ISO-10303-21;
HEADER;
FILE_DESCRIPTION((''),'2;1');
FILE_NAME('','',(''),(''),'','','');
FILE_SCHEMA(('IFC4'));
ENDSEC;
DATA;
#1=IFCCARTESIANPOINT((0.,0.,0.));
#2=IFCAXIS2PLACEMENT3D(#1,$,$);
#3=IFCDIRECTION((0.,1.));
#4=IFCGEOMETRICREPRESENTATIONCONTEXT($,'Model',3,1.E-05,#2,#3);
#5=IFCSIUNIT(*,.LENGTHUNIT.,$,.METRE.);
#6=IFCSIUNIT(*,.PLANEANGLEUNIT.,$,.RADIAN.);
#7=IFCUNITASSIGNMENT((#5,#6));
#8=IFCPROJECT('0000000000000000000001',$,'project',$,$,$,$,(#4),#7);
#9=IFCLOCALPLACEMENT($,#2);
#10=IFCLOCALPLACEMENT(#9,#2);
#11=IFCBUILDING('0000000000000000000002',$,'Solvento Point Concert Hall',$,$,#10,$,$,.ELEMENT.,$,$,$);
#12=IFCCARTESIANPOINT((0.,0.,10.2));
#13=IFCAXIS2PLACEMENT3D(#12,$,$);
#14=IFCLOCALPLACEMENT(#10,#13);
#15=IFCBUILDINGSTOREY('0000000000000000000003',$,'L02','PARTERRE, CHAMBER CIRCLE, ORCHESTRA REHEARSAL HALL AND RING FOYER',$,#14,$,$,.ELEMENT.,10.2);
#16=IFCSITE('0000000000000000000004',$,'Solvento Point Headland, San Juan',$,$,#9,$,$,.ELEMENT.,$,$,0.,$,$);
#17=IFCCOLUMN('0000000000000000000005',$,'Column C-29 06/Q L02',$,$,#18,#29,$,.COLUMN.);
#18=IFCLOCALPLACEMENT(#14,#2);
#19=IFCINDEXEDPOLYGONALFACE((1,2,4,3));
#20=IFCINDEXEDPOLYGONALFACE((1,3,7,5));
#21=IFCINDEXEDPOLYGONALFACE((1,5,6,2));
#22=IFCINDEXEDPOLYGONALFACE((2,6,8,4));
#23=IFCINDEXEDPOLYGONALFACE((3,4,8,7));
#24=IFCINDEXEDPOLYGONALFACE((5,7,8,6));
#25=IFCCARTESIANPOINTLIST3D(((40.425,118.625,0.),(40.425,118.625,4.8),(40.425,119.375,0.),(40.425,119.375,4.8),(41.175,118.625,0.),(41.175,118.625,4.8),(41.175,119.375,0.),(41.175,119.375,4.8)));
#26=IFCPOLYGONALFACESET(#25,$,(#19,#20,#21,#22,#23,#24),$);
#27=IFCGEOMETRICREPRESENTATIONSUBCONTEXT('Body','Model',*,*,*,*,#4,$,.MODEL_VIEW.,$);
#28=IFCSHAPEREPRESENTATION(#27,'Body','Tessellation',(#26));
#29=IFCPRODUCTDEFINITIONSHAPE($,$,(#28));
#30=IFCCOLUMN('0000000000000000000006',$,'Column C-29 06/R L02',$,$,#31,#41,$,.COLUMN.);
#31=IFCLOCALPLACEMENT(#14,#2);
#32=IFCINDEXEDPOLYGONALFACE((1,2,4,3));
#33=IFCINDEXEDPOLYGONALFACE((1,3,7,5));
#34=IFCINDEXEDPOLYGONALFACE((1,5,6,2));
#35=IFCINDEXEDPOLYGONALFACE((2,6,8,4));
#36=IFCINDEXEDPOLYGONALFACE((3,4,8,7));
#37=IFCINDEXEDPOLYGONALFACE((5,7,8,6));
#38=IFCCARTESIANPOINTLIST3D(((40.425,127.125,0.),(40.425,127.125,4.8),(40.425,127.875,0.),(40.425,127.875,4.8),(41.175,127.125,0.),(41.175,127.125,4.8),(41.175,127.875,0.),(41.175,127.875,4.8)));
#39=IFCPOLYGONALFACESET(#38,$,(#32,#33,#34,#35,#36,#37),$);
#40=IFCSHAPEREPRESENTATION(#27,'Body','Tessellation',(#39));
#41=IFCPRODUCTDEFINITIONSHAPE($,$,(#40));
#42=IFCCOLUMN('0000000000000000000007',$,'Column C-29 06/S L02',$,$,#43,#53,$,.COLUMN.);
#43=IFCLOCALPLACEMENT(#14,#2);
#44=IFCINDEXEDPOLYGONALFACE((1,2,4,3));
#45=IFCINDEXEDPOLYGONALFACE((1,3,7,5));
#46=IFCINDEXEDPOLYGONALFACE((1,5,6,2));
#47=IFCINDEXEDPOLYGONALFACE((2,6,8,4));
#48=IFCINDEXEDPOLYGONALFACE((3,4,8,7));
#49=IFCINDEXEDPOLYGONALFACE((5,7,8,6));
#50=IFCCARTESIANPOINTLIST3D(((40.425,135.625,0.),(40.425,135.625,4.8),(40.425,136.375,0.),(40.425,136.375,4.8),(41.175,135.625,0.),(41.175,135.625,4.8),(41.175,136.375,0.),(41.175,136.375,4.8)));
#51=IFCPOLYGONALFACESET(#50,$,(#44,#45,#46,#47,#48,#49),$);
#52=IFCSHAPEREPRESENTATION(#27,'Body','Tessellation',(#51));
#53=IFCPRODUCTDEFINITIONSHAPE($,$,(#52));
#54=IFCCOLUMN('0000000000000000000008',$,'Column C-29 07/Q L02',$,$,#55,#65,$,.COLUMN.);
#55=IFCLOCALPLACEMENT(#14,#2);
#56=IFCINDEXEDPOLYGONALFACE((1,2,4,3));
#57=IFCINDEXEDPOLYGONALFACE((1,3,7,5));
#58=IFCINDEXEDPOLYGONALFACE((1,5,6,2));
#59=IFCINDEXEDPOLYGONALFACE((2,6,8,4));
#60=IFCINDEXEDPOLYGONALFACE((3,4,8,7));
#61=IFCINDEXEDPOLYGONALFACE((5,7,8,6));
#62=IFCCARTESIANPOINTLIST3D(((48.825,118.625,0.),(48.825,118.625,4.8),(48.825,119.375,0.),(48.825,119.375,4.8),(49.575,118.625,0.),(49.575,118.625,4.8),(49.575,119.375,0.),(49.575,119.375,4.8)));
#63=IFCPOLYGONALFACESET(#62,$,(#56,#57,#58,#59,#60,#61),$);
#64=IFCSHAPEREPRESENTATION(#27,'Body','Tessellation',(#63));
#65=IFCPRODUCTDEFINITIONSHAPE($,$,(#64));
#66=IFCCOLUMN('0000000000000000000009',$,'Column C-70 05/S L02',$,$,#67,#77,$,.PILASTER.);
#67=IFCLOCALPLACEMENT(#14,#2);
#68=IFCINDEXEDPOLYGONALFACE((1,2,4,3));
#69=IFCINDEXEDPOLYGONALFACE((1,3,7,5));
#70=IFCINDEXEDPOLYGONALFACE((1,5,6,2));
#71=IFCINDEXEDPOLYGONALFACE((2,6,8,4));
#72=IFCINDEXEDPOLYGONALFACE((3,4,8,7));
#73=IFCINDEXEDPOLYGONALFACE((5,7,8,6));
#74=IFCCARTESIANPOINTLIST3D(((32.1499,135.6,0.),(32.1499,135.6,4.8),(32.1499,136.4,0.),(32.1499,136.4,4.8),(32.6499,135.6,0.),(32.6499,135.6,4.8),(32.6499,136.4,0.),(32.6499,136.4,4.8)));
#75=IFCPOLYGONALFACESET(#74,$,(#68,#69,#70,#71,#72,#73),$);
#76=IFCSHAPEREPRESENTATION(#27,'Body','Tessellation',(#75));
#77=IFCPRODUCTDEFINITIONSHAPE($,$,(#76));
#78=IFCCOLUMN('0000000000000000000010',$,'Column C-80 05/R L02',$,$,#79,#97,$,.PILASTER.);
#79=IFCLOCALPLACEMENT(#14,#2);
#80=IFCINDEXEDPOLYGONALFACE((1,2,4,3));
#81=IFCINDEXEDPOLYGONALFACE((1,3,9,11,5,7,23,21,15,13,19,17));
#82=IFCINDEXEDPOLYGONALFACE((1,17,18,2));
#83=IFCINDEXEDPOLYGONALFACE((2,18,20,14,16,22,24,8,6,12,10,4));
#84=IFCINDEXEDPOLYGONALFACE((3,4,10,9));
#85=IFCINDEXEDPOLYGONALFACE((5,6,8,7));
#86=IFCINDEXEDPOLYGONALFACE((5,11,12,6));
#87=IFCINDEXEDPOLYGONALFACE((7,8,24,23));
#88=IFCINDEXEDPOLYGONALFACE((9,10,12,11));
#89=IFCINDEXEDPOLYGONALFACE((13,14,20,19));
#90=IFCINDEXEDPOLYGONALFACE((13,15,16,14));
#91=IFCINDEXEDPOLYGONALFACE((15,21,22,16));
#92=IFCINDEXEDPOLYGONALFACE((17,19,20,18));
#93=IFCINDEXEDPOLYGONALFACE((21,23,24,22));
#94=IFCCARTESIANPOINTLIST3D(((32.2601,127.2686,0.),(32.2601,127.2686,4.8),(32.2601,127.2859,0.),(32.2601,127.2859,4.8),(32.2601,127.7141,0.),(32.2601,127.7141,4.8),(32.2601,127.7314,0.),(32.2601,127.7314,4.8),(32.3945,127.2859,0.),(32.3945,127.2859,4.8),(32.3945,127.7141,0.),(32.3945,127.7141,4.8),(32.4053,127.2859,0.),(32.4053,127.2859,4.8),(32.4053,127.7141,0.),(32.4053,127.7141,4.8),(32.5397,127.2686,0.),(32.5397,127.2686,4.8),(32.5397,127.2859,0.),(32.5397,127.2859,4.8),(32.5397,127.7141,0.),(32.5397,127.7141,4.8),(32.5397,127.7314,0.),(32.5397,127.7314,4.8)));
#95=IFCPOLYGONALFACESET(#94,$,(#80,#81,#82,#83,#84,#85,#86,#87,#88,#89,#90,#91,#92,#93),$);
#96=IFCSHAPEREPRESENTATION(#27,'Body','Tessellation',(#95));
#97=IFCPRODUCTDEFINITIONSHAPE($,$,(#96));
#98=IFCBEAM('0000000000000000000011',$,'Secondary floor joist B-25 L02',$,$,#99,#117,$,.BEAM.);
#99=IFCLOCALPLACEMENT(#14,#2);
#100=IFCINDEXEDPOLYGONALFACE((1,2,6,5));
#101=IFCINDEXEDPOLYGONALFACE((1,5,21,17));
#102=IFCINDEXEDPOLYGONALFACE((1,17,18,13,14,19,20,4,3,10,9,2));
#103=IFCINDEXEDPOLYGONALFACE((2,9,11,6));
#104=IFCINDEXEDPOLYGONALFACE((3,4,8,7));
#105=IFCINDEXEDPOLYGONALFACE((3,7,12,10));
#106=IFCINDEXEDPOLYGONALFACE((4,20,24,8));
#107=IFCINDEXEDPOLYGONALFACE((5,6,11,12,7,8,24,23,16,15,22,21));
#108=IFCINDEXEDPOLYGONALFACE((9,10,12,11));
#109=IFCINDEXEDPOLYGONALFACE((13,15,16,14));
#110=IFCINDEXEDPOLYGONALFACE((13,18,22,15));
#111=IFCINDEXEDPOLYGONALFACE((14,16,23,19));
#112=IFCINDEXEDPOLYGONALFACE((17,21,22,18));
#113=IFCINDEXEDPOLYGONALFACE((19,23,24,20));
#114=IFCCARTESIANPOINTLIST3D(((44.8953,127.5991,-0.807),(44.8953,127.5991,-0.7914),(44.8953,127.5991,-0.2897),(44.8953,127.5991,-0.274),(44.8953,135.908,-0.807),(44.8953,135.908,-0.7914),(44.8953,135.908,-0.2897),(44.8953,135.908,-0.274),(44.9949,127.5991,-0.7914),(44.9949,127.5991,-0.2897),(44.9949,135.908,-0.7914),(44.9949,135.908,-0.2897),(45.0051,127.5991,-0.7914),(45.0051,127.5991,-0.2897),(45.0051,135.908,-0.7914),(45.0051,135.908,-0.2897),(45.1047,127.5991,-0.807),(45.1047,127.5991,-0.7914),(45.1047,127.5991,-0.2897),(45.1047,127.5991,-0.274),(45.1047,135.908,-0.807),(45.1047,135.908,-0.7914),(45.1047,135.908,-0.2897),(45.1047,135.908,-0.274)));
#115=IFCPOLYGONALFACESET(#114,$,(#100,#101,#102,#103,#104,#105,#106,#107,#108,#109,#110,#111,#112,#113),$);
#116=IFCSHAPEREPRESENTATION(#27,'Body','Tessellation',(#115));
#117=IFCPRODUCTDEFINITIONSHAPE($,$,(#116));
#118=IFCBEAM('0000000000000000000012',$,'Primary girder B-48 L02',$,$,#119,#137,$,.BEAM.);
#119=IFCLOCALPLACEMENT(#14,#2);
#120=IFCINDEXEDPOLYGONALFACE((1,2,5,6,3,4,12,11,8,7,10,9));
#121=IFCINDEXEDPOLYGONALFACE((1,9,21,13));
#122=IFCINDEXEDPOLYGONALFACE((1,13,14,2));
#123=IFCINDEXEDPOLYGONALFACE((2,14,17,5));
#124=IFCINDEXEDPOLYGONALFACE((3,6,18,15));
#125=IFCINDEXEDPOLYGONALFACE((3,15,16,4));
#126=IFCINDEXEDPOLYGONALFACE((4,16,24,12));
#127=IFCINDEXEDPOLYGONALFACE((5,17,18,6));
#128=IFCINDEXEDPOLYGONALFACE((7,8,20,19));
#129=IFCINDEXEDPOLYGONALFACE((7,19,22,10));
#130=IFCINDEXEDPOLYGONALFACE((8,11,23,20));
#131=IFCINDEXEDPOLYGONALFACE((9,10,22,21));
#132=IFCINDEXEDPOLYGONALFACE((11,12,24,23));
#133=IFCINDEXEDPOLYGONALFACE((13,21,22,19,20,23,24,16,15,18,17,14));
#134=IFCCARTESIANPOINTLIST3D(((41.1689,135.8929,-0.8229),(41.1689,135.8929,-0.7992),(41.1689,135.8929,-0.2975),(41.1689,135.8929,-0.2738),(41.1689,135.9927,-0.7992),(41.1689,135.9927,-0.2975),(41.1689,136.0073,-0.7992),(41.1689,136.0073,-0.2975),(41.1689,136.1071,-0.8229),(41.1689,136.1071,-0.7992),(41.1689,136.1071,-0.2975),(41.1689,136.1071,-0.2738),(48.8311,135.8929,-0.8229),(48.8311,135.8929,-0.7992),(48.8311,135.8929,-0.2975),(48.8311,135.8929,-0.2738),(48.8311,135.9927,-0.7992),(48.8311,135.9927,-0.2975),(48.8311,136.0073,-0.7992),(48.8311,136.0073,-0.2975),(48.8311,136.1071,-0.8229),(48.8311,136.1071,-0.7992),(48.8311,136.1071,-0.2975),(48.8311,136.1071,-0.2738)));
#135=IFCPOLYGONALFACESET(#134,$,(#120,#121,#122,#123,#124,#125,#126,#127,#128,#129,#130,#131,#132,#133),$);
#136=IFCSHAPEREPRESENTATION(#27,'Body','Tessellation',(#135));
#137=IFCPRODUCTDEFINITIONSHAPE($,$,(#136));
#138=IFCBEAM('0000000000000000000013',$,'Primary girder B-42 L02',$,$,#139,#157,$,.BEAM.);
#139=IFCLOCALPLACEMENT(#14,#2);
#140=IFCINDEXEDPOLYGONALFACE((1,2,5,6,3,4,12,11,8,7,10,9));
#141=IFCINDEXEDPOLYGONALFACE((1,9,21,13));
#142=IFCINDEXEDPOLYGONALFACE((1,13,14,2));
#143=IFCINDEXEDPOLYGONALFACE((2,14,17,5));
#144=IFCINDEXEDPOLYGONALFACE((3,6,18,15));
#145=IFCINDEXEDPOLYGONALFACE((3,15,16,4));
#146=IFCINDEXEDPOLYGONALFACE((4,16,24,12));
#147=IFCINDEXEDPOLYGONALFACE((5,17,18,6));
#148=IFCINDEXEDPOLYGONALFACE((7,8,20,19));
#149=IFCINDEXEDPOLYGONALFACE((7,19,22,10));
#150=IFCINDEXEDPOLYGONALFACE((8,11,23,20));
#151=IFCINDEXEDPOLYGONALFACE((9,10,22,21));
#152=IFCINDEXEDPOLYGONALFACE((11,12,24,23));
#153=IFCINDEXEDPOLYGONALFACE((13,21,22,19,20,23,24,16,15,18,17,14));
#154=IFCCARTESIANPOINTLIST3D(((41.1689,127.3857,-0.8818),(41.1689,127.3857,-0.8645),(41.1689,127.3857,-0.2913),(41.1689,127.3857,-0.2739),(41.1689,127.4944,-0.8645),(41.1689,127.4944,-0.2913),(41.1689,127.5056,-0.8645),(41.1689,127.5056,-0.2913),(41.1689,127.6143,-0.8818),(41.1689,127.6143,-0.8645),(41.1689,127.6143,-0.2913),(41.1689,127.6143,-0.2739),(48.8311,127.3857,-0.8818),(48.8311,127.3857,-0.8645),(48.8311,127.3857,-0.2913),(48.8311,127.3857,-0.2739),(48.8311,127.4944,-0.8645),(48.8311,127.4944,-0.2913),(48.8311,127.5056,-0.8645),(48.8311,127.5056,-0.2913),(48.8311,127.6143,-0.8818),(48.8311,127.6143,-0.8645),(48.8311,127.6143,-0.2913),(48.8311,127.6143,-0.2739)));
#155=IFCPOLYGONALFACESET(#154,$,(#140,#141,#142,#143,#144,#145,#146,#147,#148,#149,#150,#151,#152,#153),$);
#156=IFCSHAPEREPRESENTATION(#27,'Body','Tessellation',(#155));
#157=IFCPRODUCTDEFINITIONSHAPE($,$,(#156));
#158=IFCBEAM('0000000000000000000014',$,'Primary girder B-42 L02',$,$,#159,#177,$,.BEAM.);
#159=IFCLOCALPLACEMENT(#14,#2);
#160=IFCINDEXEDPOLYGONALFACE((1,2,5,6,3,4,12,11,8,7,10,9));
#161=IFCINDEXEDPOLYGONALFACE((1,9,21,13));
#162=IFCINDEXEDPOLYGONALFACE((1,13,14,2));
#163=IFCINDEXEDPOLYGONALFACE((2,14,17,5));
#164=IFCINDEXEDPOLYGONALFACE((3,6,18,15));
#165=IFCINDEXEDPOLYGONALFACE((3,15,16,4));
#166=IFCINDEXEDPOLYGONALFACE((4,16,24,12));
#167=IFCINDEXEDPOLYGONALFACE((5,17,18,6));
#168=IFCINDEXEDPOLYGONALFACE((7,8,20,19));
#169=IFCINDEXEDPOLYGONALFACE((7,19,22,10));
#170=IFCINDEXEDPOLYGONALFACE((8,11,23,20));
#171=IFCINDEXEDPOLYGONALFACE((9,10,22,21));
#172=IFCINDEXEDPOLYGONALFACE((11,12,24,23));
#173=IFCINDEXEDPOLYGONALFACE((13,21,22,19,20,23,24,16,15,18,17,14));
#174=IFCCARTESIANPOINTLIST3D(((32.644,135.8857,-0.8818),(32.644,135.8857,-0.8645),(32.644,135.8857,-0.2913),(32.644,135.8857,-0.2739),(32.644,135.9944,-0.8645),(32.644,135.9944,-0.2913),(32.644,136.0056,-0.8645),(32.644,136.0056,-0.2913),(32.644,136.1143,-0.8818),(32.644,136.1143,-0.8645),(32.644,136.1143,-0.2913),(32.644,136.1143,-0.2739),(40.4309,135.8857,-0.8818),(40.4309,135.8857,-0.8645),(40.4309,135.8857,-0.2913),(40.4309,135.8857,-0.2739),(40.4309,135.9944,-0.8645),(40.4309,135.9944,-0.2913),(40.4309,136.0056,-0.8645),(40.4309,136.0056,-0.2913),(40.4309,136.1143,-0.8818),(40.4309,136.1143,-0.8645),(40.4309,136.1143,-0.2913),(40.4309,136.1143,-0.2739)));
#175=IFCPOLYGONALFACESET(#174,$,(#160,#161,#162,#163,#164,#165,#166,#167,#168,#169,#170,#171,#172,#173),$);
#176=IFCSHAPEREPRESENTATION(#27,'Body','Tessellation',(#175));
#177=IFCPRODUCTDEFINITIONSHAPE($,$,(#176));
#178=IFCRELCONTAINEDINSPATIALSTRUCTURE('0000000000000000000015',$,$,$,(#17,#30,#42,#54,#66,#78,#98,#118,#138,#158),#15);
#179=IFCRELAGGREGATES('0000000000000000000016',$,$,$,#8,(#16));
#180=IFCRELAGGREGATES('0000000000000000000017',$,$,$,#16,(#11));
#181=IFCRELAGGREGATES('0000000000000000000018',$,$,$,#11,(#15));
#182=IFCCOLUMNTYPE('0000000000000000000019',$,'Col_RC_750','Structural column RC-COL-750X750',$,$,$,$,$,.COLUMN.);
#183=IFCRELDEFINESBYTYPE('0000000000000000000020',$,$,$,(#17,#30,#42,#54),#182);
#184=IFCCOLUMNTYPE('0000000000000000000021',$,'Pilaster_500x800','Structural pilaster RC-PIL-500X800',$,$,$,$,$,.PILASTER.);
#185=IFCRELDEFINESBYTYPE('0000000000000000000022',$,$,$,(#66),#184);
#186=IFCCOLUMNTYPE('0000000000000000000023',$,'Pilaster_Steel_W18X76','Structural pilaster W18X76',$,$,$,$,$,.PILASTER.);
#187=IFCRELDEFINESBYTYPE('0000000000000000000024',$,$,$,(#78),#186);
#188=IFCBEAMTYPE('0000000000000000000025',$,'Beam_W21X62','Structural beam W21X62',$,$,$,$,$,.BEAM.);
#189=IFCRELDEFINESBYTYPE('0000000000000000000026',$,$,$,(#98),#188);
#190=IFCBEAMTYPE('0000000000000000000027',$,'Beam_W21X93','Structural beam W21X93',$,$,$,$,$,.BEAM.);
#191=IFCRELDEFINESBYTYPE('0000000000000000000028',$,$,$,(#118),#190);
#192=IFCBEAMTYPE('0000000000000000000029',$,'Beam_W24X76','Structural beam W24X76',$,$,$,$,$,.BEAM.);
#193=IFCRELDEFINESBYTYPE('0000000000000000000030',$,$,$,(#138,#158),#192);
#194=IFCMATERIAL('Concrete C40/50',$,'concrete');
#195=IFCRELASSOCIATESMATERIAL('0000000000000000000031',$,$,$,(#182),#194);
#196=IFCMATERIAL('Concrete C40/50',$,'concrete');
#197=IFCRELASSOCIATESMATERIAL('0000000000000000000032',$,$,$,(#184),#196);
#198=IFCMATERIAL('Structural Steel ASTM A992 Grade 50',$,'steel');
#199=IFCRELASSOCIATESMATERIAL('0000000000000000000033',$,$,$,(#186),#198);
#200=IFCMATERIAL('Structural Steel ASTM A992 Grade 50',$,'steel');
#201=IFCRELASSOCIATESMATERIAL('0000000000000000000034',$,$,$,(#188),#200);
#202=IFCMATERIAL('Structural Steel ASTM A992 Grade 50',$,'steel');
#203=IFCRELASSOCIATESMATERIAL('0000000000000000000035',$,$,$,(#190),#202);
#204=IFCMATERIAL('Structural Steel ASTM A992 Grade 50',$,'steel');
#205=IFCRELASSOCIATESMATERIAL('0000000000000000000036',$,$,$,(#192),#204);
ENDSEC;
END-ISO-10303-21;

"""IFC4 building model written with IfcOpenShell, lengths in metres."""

from ifc_helpers import new_model, si_unit, direction, frame, origin, origin_2d, place, context, subcontext, project, spatial, rectangle, i_section, extrude, material, material_profile, profile_set, type_object, element, save


model = new_model("IFC4")

# Units and contexts
model_context = context("Model", 3, precision=1e-05, world=origin(), true_north=direction((0.0, 1.0)))
body_context = subcontext(model_context, "Body", "Model", "MODEL_VIEW")
ifc_project = project(units=[si_unit("LENGTHUNIT", "METRE"), si_unit("PLANEANGLEUNIT", "RADIAN")], contexts=[model_context])

# Site, building, storey
site_placement = place(None, origin())
site = spatial("IfcSite", under=ifc_project, at=site_placement, Name="Solvento Point Headland, San Juan", CompositionType="ELEMENT", RefElevation=0.0)
building_placement = place(site_placement, origin())
building = spatial("IfcBuilding", under=site, at=building_placement, Name="Solvento Point Concert Hall", CompositionType="ELEMENT")
storey_placement = place(building_placement, frame((0.0, 0.0, 10.2)))
storey = spatial("IfcBuildingStorey", under=building, at=storey_placement, Name="L02", Description="PARTERRE, CHAMBER CIRCLE, ORCHESTRA REHEARSAL HALL AND RING FOYER", CompositionType="ELEMENT", Elevation=10.2)

# Columns
ifc_material_1 = material(Name="Concrete C40/50", Category="concrete")
ifc_material_profile_1 = material_profile(ifc_material_1, rectangle(XDim=0.75, YDim=0.75, at=origin_2d()), Name="RC-COL-750X750")
ifc_profile_set_1 = profile_set([ifc_material_profile_1], Name="Concrete C40/50")
column_type_1 = type_object("IfcColumnType", Name="Col_RC_750", Description="Structural column RC-COL-750X750", PredefinedType="COLUMN", material=ifc_profile_set_1)
for number, where, z_axis, x_axis, name in (
    (1, (40.8, 119.0, 0.0), (0.0, 0.0, 1.0), (1.0, 0.0, 0.0), "Column C-29 06/Q L02"),
    (2, (40.8, 127.5, 0.0), (0.0, 0.0, 1.0), (1.0, 0.0, 0.0), "Column C-29 06/R L02"),
    (3, (40.8, 136.0, 0.0), (0.0, 0.0, 1.0), (1.0, 0.0, 0.0), "Column C-29 06/S L02"),
    (4, (49.2, 119.0, 0.0), (0.0, 0.0, 1.0), (1.0, 0.0, 0.0), "Column C-29 07/Q L02"),
):
    element("IfcColumn", number, at=place(storey_placement, frame(where, z_axis=z_axis, x_axis=x_axis)), inside=storey, type_object=column_type_1, Name=name, PredefinedType="COLUMN", context=body_context, shape_type="SweptSolid", body=[
        extrude(rectangle(XDim=0.75, YDim=0.75, at=origin_2d()), origin(), (0.0, 0.0, 1.0), 4.8),
    ])
ifc_material_2 = material(Name="Concrete C40/50", Category="concrete")
ifc_material_profile_2 = material_profile(ifc_material_2, rectangle(XDim=0.5, YDim=0.8, at=origin_2d()), Name="RC-PIL-500X800")
ifc_profile_set_2 = profile_set([ifc_material_profile_2], Name="Concrete C40/50")
column_type_2 = type_object("IfcColumnType", Name="Pilaster_500x800", Description="Structural pilaster RC-PIL-500X800", PredefinedType="PILASTER", material=ifc_profile_set_2)
column_1_placement = place(storey_placement, frame((32.3999, 136.0, 0.0), z_axis=(0.0, 0.0, 1.0), x_axis=(1.0, 0.0, 0.0)))
element("IfcColumn", 5, at=column_1_placement, inside=storey, type_object=column_type_2, Name="Column C-70 05/S L02", PredefinedType="PILASTER", context=body_context, shape_type="SweptSolid", body=[
    extrude(rectangle(XDim=0.5, YDim=0.8, at=origin_2d()), origin(), (0.0, 0.0, 1.0), 4.8),
])
ifc_material_3 = material(Name="Structural Steel ASTM A992 Grade 50", Category="steel")
ifc_material_profile_3 = material_profile(ifc_material_3, i_section(OverallWidth=0.2795, OverallDepth=0.4629, WebThickness=0.0107, FlangeThickness=0.0173, at=origin_2d()), Name="W18X76")
ifc_profile_set_3 = profile_set([ifc_material_profile_3], Name="Structural Steel ASTM A992 Grade 50")
column_type_3 = type_object("IfcColumnType", Name="Pilaster_Steel_W18X76", Description="Structural pilaster W18X76", PredefinedType="PILASTER", material=ifc_profile_set_3)
column_2_placement = place(storey_placement, frame((32.3999, 127.5, 0.0), z_axis=(0.0, 0.0, 1.0), x_axis=(1.0, 0.0, 0.0)))
element("IfcColumn", 6, at=column_2_placement, inside=storey, type_object=column_type_3, Name="Column C-80 05/R L02", PredefinedType="PILASTER", context=body_context, shape_type="SweptSolid", body=[
    extrude(i_section(OverallWidth=0.2795, OverallDepth=0.4629, WebThickness=0.0107, FlangeThickness=0.0173, at=origin_2d()), origin(), (0.0, 0.0, 1.0), 4.8),
])

# Beams
ifc_material_4 = material(Name="Structural Steel ASTM A992 Grade 50", Category="steel")
ifc_material_profile_4 = material_profile(ifc_material_4, i_section(OverallWidth=0.2095, OverallDepth=0.533, WebThickness=0.0103, FlangeThickness=0.0156, at=origin_2d()), Name="W21X62")
ifc_profile_set_4 = profile_set([ifc_material_profile_4], Name="Structural Steel ASTM A992 Grade 50")
beam_type_1 = type_object("IfcBeamType", Name="Beam_W21X62", Description="Structural beam W21X62", PredefinedType="BEAM", material=ifc_profile_set_4)
beam_1_placement = place(storey_placement, frame((45.0, 127.5991, -0.5405), z_axis=(0.0, 1.0, 0.0), x_axis=(-1.0, 0.0, 0.0)))
element("IfcBeam", 7, at=beam_1_placement, inside=storey, type_object=beam_type_1, Name="Secondary floor joist B-25 L02", PredefinedType="BEAM", context=body_context, shape_type="SweptSolid", body=[
    extrude(i_section(OverallWidth=0.2095, OverallDepth=0.533, WebThickness=0.0103, FlangeThickness=0.0156, at=origin_2d()), origin(), (0.0, 0.0, 1.0), 8.3088),
])
ifc_material_5 = material(Name="Structural Steel ASTM A992 Grade 50", Category="steel")
ifc_material_profile_5 = material_profile(ifc_material_5, i_section(OverallWidth=0.2141, OverallDepth=0.5491, WebThickness=0.0146, FlangeThickness=0.0237, at=origin_2d()), Name="W21X93")
ifc_profile_set_5 = profile_set([ifc_material_profile_5], Name="Structural Steel ASTM A992 Grade 50")
beam_type_2 = type_object("IfcBeamType", Name="Beam_W21X93", Description="Structural beam W21X93", PredefinedType="BEAM", material=ifc_profile_set_5)
beam_2_placement = place(storey_placement, frame((41.1689, 136.0, -0.5483), z_axis=(1.0, 0.0, 0.0), x_axis=(0.0, 1.0, 0.0)))
element("IfcBeam", 8, at=beam_2_placement, inside=storey, type_object=beam_type_2, Name="Primary girder B-48 L02", PredefinedType="BEAM", context=body_context, shape_type="SweptSolid", body=[
    extrude(i_section(OverallWidth=0.2141, OverallDepth=0.5491, WebThickness=0.0146, FlangeThickness=0.0237, at=origin_2d()), origin(), (0.0, 0.0, 1.0), 7.6621),
])
ifc_material_6 = material(Name="Structural Steel ASTM A992 Grade 50", Category="steel")
ifc_material_profile_6 = material_profile(ifc_material_6, i_section(OverallWidth=0.2285, OverallDepth=0.6079, WebThickness=0.0112, FlangeThickness=0.0173, at=origin_2d()), Name="W24X76")
ifc_profile_set_6 = profile_set([ifc_material_profile_6], Name="Structural Steel ASTM A992 Grade 50")
beam_type_3 = type_object("IfcBeamType", Name="Beam_W24X76", Description="Structural beam W24X76", PredefinedType="BEAM", material=ifc_profile_set_6)
beam_3_placement = place(storey_placement, frame((41.1689, 127.5, -0.5779), z_axis=(1.0, 0.0, 0.0), x_axis=(0.0, 1.0, 0.0)))
element("IfcBeam", 9, at=beam_3_placement, inside=storey, type_object=beam_type_3, Name="Primary girder B-42 L02", PredefinedType="BEAM", context=body_context, shape_type="SweptSolid", body=[
    extrude(i_section(OverallWidth=0.2285, OverallDepth=0.6079, WebThickness=0.0112, FlangeThickness=0.0173, at=origin_2d()), origin(), (0.0, 0.0, 1.0), 7.6621),
])
beam_4_placement = place(storey_placement, frame((32.644, 136.0, -0.5779), z_axis=(1.0, 0.0, 0.0), x_axis=(0.0, 1.0, 0.0)))
element("IfcBeam", 10, at=beam_4_placement, inside=storey, type_object=beam_type_3, Name="Primary girder B-42 L02", PredefinedType="BEAM", context=body_context, shape_type="SweptSolid", body=[
    extrude(i_section(OverallWidth=0.2285, OverallDepth=0.6079, WebThickness=0.0112, FlangeThickness=0.0173, at=origin_2d()), origin(), (0.0, 0.0, 1.0), 7.7869),
])

save(model, "model.ifc")
